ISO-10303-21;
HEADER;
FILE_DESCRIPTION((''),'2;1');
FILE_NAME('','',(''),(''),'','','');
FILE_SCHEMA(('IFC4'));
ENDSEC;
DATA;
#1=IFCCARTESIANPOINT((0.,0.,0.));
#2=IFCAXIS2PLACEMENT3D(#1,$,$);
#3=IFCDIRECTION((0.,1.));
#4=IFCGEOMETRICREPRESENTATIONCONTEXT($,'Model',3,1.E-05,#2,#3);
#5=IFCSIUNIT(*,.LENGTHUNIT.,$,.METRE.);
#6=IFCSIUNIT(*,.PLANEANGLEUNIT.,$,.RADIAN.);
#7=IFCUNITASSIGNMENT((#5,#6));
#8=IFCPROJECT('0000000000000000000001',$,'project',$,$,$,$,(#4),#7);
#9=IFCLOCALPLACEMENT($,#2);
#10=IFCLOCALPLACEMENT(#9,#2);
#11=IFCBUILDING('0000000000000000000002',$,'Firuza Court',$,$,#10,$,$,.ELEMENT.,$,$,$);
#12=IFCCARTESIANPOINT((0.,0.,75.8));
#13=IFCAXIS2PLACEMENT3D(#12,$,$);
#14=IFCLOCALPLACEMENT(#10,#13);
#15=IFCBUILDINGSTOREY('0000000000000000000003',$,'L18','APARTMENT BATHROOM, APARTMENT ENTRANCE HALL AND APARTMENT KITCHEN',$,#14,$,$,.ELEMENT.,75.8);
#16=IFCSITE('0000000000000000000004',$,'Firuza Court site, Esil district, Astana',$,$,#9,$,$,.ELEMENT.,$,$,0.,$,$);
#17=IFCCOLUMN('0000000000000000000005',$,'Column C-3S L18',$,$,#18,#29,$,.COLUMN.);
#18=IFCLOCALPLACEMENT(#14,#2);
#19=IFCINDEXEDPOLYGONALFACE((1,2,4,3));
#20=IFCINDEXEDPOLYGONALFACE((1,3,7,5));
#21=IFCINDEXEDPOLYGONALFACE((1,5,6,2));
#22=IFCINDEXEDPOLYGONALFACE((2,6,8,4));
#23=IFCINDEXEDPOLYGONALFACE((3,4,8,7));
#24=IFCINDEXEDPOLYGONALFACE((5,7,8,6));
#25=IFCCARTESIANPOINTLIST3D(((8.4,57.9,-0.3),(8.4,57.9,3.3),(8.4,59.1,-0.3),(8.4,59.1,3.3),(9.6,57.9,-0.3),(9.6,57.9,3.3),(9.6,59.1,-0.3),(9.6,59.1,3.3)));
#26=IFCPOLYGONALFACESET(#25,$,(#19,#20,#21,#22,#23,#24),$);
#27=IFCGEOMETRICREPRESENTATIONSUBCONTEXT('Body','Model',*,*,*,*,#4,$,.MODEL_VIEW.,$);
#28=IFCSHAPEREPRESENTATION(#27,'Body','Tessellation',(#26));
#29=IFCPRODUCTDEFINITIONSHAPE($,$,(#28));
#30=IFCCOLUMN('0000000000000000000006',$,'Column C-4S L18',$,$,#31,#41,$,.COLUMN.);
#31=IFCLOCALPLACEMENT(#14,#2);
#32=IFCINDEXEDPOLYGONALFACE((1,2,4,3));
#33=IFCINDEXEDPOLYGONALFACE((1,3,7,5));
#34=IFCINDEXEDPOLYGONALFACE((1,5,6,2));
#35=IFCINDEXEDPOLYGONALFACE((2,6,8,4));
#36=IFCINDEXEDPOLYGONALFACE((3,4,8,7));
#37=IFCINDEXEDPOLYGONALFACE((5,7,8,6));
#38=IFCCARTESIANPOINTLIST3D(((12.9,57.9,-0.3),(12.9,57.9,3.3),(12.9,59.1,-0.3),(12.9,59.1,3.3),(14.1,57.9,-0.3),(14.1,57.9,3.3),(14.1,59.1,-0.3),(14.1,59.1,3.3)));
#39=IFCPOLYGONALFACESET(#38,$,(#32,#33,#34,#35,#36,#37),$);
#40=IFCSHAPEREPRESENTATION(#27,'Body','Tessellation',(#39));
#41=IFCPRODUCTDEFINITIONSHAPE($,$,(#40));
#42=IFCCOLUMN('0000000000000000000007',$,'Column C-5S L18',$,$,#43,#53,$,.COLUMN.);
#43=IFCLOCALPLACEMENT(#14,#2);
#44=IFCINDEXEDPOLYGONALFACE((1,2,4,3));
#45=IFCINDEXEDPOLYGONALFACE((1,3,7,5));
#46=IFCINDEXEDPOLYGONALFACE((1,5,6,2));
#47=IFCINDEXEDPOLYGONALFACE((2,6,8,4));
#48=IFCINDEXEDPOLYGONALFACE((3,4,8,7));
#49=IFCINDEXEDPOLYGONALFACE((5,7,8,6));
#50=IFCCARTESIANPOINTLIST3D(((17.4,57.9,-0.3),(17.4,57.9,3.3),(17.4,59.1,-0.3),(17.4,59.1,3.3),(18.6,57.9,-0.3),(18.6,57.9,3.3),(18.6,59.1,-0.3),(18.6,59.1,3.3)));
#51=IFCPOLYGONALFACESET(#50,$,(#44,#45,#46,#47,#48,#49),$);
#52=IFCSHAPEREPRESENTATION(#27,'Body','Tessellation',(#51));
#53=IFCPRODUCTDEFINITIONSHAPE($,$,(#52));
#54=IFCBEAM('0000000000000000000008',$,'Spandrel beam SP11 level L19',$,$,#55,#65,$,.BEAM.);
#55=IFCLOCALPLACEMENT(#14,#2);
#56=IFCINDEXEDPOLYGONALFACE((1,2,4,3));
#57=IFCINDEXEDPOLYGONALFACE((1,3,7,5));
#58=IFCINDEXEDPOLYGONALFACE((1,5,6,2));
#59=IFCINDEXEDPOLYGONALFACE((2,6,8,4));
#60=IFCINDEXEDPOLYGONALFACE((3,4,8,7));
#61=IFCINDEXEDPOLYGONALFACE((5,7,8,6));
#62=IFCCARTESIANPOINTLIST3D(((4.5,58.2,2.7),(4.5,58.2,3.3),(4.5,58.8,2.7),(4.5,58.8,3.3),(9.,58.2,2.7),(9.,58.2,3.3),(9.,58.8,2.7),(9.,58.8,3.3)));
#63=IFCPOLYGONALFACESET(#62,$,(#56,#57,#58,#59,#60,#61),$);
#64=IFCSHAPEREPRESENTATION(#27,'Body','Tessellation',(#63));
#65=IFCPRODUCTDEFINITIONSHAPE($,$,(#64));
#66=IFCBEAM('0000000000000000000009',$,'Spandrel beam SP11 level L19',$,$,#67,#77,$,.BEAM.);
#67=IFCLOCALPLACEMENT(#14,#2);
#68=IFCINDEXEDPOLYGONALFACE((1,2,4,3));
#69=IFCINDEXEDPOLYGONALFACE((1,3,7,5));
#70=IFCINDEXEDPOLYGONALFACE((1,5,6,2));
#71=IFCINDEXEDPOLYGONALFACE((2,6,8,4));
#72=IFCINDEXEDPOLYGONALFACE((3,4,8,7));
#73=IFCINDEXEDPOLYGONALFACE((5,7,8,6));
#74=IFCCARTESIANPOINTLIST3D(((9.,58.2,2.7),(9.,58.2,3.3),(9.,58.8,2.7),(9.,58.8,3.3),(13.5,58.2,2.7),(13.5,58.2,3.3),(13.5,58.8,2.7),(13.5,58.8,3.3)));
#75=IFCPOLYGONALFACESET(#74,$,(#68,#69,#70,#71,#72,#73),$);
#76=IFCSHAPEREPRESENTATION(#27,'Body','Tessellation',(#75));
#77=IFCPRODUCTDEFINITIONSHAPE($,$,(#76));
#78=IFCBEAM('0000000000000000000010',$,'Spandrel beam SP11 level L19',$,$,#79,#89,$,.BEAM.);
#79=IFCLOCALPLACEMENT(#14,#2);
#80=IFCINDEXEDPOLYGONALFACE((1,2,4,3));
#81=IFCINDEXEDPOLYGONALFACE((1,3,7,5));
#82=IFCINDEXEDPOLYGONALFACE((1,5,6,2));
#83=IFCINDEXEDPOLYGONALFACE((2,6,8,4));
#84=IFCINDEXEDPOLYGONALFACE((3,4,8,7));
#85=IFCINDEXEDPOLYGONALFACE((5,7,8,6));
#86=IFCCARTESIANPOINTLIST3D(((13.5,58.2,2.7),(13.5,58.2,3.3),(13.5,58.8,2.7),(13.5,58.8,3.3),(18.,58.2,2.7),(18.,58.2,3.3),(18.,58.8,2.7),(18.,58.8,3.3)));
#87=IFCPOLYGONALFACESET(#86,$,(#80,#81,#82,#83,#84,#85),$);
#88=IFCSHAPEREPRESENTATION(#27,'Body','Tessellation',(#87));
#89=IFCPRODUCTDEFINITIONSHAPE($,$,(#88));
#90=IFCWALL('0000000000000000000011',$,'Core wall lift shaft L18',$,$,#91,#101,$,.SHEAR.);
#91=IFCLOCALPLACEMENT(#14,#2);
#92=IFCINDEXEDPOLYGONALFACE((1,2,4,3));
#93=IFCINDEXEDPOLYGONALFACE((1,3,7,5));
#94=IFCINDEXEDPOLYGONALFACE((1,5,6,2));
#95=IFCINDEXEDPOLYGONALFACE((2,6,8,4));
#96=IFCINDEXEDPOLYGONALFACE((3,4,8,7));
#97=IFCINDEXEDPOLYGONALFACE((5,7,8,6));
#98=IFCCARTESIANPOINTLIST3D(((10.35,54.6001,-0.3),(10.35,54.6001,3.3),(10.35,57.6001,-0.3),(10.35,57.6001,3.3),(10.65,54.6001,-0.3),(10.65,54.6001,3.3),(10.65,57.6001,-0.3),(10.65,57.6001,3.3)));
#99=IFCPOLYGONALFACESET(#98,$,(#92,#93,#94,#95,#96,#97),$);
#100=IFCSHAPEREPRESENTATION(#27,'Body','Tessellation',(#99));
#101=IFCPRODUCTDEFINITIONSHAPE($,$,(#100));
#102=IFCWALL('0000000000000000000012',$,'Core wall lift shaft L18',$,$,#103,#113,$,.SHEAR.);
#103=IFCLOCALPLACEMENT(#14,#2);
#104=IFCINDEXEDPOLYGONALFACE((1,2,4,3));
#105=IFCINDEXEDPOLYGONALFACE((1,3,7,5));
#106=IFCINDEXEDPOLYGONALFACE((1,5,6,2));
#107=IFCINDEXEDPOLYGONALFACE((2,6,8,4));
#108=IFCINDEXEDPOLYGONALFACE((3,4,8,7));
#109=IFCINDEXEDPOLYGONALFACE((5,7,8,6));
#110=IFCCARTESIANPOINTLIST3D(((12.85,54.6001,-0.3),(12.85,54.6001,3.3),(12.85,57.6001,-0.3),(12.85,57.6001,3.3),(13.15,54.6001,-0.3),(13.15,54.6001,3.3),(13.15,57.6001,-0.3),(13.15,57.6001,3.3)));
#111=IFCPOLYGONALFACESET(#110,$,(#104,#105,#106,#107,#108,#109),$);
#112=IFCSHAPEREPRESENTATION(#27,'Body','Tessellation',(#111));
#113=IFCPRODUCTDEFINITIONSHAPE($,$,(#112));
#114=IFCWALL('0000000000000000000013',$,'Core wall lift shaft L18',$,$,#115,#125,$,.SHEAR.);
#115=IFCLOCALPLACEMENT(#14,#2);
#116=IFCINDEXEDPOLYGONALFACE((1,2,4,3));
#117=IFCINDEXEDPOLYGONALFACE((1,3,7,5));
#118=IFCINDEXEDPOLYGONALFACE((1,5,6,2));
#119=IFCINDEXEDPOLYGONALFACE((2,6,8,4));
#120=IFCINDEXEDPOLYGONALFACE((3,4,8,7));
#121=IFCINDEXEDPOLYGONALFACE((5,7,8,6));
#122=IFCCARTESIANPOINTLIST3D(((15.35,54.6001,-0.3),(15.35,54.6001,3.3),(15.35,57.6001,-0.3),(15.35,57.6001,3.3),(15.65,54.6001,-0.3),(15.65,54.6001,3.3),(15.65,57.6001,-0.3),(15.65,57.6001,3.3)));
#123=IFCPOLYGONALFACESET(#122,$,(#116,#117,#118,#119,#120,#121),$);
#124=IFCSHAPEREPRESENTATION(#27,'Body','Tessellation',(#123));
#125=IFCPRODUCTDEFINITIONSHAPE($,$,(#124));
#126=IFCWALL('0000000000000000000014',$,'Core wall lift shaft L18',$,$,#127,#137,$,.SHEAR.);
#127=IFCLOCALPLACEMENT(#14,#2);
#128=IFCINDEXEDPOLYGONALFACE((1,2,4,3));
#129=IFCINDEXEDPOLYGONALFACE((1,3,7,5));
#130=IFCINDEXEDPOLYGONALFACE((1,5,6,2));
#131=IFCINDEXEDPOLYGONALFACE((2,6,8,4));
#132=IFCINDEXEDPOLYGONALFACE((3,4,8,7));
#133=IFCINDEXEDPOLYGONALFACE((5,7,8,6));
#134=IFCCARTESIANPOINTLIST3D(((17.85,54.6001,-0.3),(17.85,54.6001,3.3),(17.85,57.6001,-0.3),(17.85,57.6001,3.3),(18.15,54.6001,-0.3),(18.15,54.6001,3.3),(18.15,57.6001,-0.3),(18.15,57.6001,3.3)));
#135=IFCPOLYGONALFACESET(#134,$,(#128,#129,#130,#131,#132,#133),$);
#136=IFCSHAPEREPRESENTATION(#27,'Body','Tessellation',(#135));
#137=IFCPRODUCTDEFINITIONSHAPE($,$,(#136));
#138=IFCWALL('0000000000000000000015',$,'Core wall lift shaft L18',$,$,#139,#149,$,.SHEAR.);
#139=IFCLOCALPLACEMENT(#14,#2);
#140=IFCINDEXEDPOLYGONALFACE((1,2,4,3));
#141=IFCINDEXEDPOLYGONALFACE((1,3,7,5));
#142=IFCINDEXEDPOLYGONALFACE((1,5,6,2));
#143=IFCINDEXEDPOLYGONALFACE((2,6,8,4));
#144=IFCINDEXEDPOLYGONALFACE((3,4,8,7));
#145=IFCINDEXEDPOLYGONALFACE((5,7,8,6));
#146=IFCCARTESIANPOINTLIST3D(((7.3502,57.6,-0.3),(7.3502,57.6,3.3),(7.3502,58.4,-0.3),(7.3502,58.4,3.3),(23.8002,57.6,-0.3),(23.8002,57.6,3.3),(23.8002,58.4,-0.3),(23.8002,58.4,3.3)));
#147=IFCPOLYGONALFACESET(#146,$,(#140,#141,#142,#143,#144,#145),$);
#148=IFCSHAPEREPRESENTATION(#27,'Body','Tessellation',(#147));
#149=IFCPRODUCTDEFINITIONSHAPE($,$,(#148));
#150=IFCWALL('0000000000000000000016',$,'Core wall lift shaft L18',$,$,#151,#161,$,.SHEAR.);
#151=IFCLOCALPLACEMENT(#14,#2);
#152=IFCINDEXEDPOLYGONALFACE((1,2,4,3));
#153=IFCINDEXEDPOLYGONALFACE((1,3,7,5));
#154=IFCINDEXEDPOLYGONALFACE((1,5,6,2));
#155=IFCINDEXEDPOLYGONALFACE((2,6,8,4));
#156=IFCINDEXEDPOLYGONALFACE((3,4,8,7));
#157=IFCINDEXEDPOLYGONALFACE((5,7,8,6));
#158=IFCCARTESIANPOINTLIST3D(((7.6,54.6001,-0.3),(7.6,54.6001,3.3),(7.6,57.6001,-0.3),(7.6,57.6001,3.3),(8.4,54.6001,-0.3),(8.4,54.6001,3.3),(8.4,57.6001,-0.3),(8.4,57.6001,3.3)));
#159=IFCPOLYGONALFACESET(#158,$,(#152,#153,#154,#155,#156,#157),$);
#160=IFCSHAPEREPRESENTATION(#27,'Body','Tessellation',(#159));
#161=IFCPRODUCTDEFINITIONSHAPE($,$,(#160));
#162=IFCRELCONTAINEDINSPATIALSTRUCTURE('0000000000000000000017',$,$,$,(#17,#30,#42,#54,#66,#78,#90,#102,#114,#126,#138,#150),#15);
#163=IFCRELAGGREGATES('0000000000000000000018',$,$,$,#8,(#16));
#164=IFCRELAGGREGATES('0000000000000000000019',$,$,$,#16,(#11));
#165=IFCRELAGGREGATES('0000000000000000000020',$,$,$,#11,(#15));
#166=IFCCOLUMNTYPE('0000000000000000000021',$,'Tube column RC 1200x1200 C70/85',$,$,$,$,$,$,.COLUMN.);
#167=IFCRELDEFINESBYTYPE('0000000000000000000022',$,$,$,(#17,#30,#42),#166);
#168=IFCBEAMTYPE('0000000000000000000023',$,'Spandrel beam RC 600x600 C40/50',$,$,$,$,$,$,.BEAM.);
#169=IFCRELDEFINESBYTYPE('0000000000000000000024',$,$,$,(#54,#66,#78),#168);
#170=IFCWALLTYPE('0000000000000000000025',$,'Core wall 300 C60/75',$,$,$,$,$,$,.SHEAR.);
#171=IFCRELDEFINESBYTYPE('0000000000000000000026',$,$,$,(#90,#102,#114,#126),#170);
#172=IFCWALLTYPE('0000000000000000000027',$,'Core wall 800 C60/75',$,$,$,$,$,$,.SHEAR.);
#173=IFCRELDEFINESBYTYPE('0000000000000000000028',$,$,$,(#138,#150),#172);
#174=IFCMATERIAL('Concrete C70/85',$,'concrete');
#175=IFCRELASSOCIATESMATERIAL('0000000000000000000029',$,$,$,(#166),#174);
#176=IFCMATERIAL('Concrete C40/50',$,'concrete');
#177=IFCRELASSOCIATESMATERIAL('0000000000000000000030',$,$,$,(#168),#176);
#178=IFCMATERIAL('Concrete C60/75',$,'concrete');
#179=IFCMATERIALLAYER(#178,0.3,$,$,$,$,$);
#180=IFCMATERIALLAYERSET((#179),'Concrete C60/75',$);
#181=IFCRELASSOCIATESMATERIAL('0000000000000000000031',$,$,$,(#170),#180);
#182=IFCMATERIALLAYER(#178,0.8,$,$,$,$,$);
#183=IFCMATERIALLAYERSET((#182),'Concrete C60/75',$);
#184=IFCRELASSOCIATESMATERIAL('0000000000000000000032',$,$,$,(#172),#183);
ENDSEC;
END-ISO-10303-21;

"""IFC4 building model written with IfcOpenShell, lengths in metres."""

from ifc_helpers import new_model, si_unit, direction, frame, frame_2d, origin, origin_2d, place, context, subcontext, project, spatial, rectangle, extrude, material, layer, layer_set, material_profile, profile_set, type_object, element, save


model = new_model("IFC4")

# Units and contexts
model_context = context("Model", 3, precision=1e-05, world=origin(), true_north=direction((0.0, 1.0)))
body_context = subcontext(model_context, "Body", "Model", "MODEL_VIEW")
ifc_project = project(units=[si_unit("LENGTHUNIT", "METRE"), si_unit("PLANEANGLEUNIT", "RADIAN")], contexts=[model_context])

# Site, building, storey
site_placement = place(None, origin())
site = spatial("IfcSite", under=ifc_project, at=site_placement, Name="Firuza Court site, Esil district, Astana", CompositionType="ELEMENT", RefElevation=0.0)
building_placement = place(site_placement, origin())
building = spatial("IfcBuilding", under=site, at=building_placement, Name="Firuza Court", CompositionType="ELEMENT")
storey_placement = place(building_placement, frame((0.0, 0.0, 75.8)))
storey = spatial("IfcBuildingStorey", under=building, at=storey_placement, Name="L18", Description="APARTMENT BATHROOM, APARTMENT ENTRANCE HALL AND APARTMENT KITCHEN", CompositionType="ELEMENT", Elevation=75.8)

# Columns
ifc_material_1 = material(Name="Concrete C70/85", Category="concrete")
ifc_material_profile_1 = material_profile(ifc_material_1, rectangle(XDim=1.2, YDim=1.2, at=origin_2d()), Name="RC 1200x1200")
ifc_profile_set_1 = profile_set([ifc_material_profile_1], Name="Concrete C70/85")
column_type = type_object("IfcColumnType", Name="Tube column RC 1200x1200 C70/85", PredefinedType="COLUMN", material=ifc_profile_set_1)
for number, where, z_axis, x_axis, name in (
    (1, (9.0, 58.5, -0.3), (0.0, 0.0, 1.0), (1.0, 0.0, 0.0), "Column C-3S L18"),
    (2, (13.5, 58.5, -0.3), (0.0, 0.0, 1.0), (1.0, 0.0, 0.0), "Column C-4S L18"),
    (3, (18.0, 58.5, -0.3), (0.0, 0.0, 1.0), (1.0, 0.0, 0.0), "Column C-5S L18"),
):
    element("IfcColumn", number, at=place(storey_placement, frame(where, z_axis=z_axis, x_axis=x_axis)), inside=storey, type_object=column_type, Name=name, PredefinedType="COLUMN", context=body_context, shape_type="SweptSolid", body=[
        extrude(rectangle(XDim=1.2, YDim=1.2, at=origin_2d()), origin(), (0.0, 0.0, 1.0), 3.6001),
    ])

# Beams
ifc_material_2 = material(Name="Concrete C40/50", Category="concrete")
ifc_material_profile_2 = material_profile(ifc_material_2, rectangle(XDim=0.6001, YDim=0.6001, at=origin_2d()), Name="RC 600x600")
ifc_profile_set_2 = profile_set([ifc_material_profile_2], Name="Concrete C40/50")
beam_type = type_object("IfcBeamType", Name="Spandrel beam RC 600x600 C40/50", PredefinedType="BEAM", material=ifc_profile_set_2)
for number, where, z_axis, x_axis, name in (
    (4, (9.0, 58.5, 3.0), (-1.0, 0.0, 0.0), (0.0, -1.0, 0.0), "Spandrel beam SP11 level L19"),
    (5, (13.5, 58.5, 3.0), (-1.0, 0.0, 0.0), (0.0, -1.0, 0.0), "Spandrel beam SP11 level L19"),
    (6, (18.0, 58.5, 3.0), (-1.0, 0.0, 0.0), (0.0, -1.0, 0.0), "Spandrel beam SP11 level L19"),
):
    element("IfcBeam", number, at=place(storey_placement, frame(where, z_axis=z_axis, x_axis=x_axis)), inside=storey, type_object=beam_type, Name=name, PredefinedType="BEAM", context=body_context, shape_type="SweptSolid", body=[
        extrude(rectangle(XDim=0.6001, YDim=0.6001, at=origin_2d()), origin(), (0.0, 0.0, 1.0), 4.5),
    ])

# Walls
ifc_material_3 = material(Name="Concrete C60/75", Category="concrete")
ifc_layer_1 = layer(ifc_material_3, 0.3)
ifc_layer_set_1 = layer_set([ifc_layer_1], Name="Concrete C60/75")
wall_type_1 = type_object("IfcWallType", Name="Core wall 300 C60/75", PredefinedType="SHEAR", material=ifc_layer_set_1)
for number, where, z_axis, x_axis, name in (
    (7, (10.5, 54.6001, -0.3), (0.0, 0.0, 1.0), (0.0, 1.0, 0.0), "Core wall lift shaft L18"),
    (8, (13.0, 54.6001, -0.3), (0.0, 0.0, 1.0), (0.0, 1.0, 0.0), "Core wall lift shaft L18"),
    (9, (15.5, 54.6001, -0.3), (0.0, 0.0, 1.0), (0.0, 1.0, 0.0), "Core wall lift shaft L18"),
    (10, (18.0, 54.6001, -0.3), (0.0, 0.0, 1.0), (0.0, 1.0, 0.0), "Core wall lift shaft L18"),
):
    element("IfcWall", number, at=place(storey_placement, frame(where, z_axis=z_axis, x_axis=x_axis)), inside=storey, type_object=wall_type_1, Name=name, PredefinedType="SHEAR", context=body_context, shape_type="SweptSolid", body=[
        extrude(rectangle(XDim=3.0, YDim=0.3, at=frame_2d((1.5, 0.0))), origin(), (0.0, 0.0, 1.0), 3.6001),
    ])
ifc_layer_2 = layer(ifc_material_3, 0.8)
ifc_layer_set_2 = layer_set([ifc_layer_2], Name="Concrete C60/75")
wall_type_2 = type_object("IfcWallType", Name="Core wall 800 C60/75", PredefinedType="SHEAR", material=ifc_layer_set_2)
wall_1_placement = place(storey_placement, frame((7.3501, 58.0, -0.3), z_axis=(0.0, 0.0, 1.0), x_axis=(1.0, 0.0, 0.0)))
element("IfcWall", 11, at=wall_1_placement, inside=storey, type_object=wall_type_2, Name="Core wall lift shaft L18", PredefinedType="SHEAR", context=body_context, shape_type="SweptSolid", body=[
    extrude(rectangle(XDim=16.45, YDim=0.8, at=frame_2d((8.2251, 0.0))), origin(), (0.0, 0.0, 1.0), 3.6001),
])
wall_2_placement = place(storey_placement, frame((8.0, 54.6001, -0.3), z_axis=(0.0, 0.0, 1.0), x_axis=(0.0, 1.0, 0.0)))
element("IfcWall", 12, at=wall_2_placement, inside=storey, type_object=wall_type_2, Name="Core wall lift shaft L18", PredefinedType="SHEAR", context=body_context, shape_type="SweptSolid", body=[
    extrude(rectangle(XDim=3.0, YDim=0.8, at=frame_2d((1.5, 0.0))), origin(), (0.0, 0.0, 1.0), 3.6001),
])

save(model, "model.ifc")
